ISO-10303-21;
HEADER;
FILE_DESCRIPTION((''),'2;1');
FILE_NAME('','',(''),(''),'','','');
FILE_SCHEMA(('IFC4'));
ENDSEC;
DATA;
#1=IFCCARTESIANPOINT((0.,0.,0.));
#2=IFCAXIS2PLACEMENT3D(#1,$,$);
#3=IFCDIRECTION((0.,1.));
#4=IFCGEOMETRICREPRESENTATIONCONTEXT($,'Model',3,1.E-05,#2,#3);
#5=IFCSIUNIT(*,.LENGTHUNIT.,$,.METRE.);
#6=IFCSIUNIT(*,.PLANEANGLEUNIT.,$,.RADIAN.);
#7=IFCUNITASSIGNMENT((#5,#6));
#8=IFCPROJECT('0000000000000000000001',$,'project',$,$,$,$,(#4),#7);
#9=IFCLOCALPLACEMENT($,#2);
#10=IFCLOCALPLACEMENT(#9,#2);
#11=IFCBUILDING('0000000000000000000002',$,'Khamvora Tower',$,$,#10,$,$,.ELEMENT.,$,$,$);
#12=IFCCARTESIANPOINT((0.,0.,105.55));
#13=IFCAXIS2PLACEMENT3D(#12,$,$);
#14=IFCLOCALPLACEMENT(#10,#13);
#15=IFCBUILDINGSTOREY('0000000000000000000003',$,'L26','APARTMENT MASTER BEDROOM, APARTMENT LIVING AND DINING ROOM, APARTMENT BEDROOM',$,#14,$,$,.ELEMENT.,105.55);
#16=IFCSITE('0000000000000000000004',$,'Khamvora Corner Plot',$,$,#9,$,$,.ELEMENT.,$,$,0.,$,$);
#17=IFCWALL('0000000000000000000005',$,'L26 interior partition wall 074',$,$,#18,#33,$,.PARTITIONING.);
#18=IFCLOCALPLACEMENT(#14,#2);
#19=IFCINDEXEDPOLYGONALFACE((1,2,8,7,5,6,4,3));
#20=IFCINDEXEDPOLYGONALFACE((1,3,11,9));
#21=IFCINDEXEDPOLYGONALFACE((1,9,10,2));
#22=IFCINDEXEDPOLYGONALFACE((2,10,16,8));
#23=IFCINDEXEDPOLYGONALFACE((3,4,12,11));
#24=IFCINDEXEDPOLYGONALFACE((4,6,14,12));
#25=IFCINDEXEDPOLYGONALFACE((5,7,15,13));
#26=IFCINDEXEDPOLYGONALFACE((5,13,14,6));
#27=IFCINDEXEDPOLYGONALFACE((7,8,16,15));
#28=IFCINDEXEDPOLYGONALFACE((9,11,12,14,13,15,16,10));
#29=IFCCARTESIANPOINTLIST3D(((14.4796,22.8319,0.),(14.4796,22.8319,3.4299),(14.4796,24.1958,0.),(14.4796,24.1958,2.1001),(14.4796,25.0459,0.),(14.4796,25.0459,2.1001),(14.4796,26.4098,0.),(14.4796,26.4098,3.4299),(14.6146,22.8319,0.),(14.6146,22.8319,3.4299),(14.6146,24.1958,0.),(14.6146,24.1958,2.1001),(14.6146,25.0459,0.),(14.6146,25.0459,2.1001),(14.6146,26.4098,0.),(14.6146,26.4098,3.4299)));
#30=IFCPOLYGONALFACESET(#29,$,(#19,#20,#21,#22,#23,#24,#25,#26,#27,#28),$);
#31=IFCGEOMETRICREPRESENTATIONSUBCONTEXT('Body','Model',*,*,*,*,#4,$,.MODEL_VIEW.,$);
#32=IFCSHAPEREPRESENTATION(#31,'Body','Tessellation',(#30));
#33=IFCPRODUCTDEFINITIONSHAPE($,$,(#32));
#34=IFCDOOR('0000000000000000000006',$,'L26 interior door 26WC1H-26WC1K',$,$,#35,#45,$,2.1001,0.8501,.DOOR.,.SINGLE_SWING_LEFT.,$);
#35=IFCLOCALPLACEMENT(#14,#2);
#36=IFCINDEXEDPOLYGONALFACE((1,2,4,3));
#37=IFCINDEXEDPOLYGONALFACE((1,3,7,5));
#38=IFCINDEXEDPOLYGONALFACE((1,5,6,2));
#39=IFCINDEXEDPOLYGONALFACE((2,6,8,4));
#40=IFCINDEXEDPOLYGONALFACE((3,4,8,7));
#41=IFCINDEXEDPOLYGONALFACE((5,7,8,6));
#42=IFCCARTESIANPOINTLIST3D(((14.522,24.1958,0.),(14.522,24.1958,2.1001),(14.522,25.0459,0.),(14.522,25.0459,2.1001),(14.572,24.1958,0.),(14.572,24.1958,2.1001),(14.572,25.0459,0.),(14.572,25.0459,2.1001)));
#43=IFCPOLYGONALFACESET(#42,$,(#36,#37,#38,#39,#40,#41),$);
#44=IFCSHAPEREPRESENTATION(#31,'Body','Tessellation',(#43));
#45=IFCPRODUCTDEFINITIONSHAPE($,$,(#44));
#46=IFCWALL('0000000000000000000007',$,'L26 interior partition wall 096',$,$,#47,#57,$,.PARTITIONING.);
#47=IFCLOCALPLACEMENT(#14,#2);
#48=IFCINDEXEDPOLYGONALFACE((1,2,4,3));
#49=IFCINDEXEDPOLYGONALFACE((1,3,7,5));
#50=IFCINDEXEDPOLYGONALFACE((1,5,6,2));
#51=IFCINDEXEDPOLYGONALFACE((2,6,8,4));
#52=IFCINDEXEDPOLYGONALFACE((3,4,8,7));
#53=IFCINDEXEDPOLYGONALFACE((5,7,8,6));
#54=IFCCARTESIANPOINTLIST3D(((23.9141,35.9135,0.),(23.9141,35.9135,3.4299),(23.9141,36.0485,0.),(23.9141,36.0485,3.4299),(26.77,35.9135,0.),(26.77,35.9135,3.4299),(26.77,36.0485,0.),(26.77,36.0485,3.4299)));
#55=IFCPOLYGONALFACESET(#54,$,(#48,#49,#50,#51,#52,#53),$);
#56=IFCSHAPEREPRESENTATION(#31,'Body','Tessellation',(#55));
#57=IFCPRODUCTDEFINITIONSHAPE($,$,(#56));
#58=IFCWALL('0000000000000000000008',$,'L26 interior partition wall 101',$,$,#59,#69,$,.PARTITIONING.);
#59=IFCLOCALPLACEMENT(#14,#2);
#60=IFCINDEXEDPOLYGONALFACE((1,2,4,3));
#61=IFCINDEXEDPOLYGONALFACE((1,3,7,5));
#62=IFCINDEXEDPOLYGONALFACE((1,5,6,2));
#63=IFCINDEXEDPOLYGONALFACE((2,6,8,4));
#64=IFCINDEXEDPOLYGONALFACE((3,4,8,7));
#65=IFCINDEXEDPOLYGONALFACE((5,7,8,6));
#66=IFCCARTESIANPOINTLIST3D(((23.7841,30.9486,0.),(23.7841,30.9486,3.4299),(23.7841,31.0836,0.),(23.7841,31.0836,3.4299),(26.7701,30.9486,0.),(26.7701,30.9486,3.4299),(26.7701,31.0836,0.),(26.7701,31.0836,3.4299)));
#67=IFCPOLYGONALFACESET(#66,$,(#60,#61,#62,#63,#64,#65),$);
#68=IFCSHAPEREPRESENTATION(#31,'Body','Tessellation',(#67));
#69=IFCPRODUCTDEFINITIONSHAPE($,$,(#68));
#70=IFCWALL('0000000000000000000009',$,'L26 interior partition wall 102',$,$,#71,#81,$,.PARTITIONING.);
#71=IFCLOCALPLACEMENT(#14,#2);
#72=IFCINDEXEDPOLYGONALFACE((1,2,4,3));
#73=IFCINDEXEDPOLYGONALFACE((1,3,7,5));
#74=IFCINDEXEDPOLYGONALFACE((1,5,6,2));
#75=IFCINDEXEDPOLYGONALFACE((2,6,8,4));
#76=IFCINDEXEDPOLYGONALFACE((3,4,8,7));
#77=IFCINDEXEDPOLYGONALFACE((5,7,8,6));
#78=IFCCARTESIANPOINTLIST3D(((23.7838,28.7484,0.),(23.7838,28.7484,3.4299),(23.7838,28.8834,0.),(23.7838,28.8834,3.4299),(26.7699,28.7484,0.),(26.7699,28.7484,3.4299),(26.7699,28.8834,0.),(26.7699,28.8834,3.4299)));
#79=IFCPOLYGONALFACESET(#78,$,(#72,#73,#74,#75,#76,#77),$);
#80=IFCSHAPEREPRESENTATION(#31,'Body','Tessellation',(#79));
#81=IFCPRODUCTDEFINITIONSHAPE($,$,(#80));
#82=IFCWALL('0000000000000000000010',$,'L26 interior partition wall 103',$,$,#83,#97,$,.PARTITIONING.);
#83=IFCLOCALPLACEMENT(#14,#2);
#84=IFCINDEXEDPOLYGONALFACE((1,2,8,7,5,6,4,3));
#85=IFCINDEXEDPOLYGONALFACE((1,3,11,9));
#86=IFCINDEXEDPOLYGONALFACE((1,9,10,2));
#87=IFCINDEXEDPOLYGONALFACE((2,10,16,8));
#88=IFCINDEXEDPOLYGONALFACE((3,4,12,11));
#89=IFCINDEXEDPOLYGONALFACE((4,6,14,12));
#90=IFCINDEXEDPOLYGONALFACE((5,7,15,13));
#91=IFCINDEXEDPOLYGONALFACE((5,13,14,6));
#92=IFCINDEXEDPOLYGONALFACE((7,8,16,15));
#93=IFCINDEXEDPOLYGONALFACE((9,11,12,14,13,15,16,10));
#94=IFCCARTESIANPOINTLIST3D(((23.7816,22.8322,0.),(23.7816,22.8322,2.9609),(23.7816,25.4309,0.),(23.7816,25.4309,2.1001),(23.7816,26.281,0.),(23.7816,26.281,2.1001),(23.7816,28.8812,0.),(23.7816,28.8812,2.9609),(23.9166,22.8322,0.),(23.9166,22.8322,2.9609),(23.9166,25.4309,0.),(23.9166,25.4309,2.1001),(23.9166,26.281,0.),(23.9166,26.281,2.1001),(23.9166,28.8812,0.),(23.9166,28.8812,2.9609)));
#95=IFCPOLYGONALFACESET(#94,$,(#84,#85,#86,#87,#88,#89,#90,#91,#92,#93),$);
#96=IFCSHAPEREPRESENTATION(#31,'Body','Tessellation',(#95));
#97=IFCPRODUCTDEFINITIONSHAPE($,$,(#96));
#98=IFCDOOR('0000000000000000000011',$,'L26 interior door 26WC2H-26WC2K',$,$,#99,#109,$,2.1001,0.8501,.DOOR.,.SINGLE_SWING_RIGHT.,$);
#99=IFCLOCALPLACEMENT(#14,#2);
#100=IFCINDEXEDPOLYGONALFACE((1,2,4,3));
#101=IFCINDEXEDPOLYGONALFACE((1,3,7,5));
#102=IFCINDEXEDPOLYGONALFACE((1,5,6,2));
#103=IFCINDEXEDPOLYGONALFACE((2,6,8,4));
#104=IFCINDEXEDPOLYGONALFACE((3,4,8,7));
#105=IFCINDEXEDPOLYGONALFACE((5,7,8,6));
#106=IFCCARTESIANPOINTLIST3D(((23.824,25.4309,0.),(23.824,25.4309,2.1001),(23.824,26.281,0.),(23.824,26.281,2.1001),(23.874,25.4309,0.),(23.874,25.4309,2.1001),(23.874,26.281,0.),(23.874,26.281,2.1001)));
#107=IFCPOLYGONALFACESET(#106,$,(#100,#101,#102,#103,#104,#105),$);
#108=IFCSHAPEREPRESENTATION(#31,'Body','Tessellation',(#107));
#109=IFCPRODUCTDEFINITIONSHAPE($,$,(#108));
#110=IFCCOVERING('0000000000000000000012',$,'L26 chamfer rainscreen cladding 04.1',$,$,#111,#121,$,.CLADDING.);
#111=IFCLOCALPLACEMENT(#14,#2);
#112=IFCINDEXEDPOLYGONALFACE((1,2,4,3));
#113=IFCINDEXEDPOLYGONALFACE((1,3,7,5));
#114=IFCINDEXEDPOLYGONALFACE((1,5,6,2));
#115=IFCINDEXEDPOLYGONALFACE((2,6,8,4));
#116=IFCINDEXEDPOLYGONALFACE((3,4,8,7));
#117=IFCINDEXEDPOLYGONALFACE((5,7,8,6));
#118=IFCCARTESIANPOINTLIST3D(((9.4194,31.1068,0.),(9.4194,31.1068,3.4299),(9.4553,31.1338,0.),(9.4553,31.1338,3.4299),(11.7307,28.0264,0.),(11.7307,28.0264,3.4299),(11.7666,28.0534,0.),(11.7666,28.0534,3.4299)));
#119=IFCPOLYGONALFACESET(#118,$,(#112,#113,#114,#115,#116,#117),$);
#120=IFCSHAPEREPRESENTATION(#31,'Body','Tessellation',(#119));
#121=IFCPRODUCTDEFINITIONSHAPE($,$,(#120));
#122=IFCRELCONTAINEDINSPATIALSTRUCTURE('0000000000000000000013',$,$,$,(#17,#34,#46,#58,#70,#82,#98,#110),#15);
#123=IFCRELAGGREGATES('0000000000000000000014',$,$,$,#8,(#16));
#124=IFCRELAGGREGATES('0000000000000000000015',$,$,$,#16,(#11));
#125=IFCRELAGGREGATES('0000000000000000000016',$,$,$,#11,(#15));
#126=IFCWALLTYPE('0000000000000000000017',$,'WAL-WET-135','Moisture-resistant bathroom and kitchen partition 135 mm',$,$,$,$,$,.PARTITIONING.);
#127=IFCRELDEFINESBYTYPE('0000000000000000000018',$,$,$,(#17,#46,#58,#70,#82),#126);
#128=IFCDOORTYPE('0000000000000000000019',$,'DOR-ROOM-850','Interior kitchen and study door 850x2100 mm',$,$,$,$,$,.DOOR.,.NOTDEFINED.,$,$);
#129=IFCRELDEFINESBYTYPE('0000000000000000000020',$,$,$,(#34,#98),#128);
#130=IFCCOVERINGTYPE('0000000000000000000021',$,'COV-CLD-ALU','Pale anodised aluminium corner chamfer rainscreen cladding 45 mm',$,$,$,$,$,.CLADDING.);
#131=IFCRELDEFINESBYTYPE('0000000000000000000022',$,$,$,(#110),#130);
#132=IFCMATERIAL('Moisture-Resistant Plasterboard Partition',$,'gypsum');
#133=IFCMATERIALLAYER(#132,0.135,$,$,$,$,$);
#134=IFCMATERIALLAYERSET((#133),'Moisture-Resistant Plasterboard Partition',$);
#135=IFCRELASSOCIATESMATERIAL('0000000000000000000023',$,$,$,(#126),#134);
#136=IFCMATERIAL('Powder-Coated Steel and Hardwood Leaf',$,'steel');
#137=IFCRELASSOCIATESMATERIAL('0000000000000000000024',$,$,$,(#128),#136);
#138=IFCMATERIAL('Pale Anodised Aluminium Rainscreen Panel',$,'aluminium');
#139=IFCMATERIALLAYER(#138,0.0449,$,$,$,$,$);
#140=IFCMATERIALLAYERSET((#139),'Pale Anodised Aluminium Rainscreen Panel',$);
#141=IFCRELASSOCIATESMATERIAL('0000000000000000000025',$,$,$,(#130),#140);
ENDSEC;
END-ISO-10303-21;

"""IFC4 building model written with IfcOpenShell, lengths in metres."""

from ifc_helpers import new_model, si_unit, direction, frame, frame_2d, origin, origin_2d, place, context, subcontext, project, spatial, rectangle, extrude, material, layer, layer_set, type_object, element, fill, save


model = new_model("IFC4")

# Units and contexts
model_context = context("Model", 3, precision=1e-05, world=origin(), true_north=direction((0.0, 1.0)))
body_context = subcontext(model_context, "Body", "Model", "MODEL_VIEW")
ifc_project = project(units=[si_unit("LENGTHUNIT", "METRE"), si_unit("PLANEANGLEUNIT", "RADIAN")], contexts=[model_context])

# Site, building, storey
site_placement = place(None, origin())
site = spatial("IfcSite", under=ifc_project, at=site_placement, Name="Khamvora Corner Plot", CompositionType="ELEMENT", RefElevation=0.0)
building_placement = place(site_placement, origin())
building = spatial("IfcBuilding", under=site, at=building_placement, Name="Khamvora Tower", CompositionType="ELEMENT")
storey_placement = place(building_placement, frame((0.0, 0.0, 105.55)))
storey = spatial("IfcBuildingStorey", under=building, at=storey_placement, Name="L26", Description="APARTMENT MASTER BEDROOM, APARTMENT LIVING AND DINING ROOM, APARTMENT BEDROOM", CompositionType="ELEMENT", Elevation=105.55)

# Shared definitions
ifc_material_1 = material(Name="Powder-Coated Steel and Hardwood Leaf", Category="steel")

# Shared definitions
ifc_material_2 = material(Name="Moisture-Resistant Plasterboard Partition", Category="gypsum")
ifc_layer_1 = layer(ifc_material_2, 0.135)
ifc_layer_set_1 = layer_set([ifc_layer_1], Name="Moisture-Resistant Plasterboard Partition")
wall_type_1 = type_object("IfcWallType", Name="WAL-WET-135", Description="Moisture-resistant bathroom and kitchen partition 135 mm", PredefinedType="PARTITIONING", material=ifc_layer_set_1)

# Wall, opening, door
wall_1_placement = place(storey_placement, frame((14.5471, 26.4099, 0.0), z_axis=(0.0, 0.0, 1.0), x_axis=(0.0, -1.0, 0.0)))
wall_1 = element("IfcWall", 1, at=wall_1_placement, inside=storey, type_object=wall_type_1, Name="L26 interior partition wall 074", PredefinedType="PARTITIONING", context=body_context, shape_type="SweptSolid", body=[
    extrude(rectangle(XDim=3.5779, YDim=0.135, at=frame_2d((1.7891, 0.0))), origin(), (0.0, 0.0, 1.0), 3.4299),
])
opening_1_placement = place(wall_1_placement, frame((1.364, 0.0, 0.0)))
opening_1 = element("IfcOpeningElement", 2, at=opening_1_placement, cuts=wall_1, PredefinedType="OPENING", context=body_context, shape_type="SweptSolid", body=[
    extrude(rectangle(XDim=0.8501, YDim=2.1001, at=frame_2d((0.425, 1.05))), frame((0.0, 0.0774, 0.0), z_axis=(0.0, -1.0, 0.0), x_axis=(1.0, 0.0, 0.0)), (0.0, 0.0, 1.0), 0.155),
])
door_type_1 = type_object("IfcDoorType", Name="DOR-ROOM-850", Description="Interior kitchen and study door 850x2100 mm", OperationType="NOTDEFINED", PredefinedType="DOOR", material=ifc_material_1)
door_1_placement = place(opening_1_placement, origin())
door_1 = element("IfcDoor", 3, at=door_1_placement, inside=storey, type_object=door_type_1, Name="L26 interior door 26WC1H-26WC1K", OperationType="SINGLE_SWING_LEFT", OverallHeight=2.1001, OverallWidth=0.8501, PredefinedType="DOOR", context=body_context, shape_type="SweptSolid", body=[
    extrude(rectangle(XDim=0.8501, YDim=2.1001, at=frame_2d((0.425, 1.05))), frame((0.0, 0.0249, 0.0), z_axis=(0.0, -1.0, 0.0), x_axis=(1.0, 0.0, 0.0)), (0.0, 0.0, 1.0), 0.05),
])
fill(opening_1, door_1)

# Walls
wall_2_placement = place(storey_placement, frame((26.77, 35.981, 0.0), z_axis=(0.0, 0.0, 1.0), x_axis=(-1.0, 0.0, 0.0)))
element("IfcWall", 4, at=wall_2_placement, inside=storey, type_object=wall_type_1, Name="L26 interior partition wall 096", PredefinedType="PARTITIONING", context=body_context, shape_type="SweptSolid", body=[
    extrude(rectangle(XDim=2.856, YDim=0.135, at=frame_2d((1.428, 0.0))), origin(), (0.0, 0.0, 1.0), 3.4299),
])
for number, where, z_axis, x_axis, name in (
    (5, (23.7839, 31.0161, 0.0), (0.0, 0.0, 1.0), (1.0, 0.0, 0.0), "L26 interior partition wall 101"),
    (6, (26.77, 28.8159, 0.0), (0.0, 0.0, 1.0), (-1.0, 0.0, 0.0), "L26 interior partition wall 102"),
):
    element("IfcWall", number, at=place(storey_placement, frame(where, z_axis=z_axis, x_axis=x_axis)), inside=storey, type_object=wall_type_1, Name=name, PredefinedType="PARTITIONING", context=body_context, shape_type="SweptSolid", body=[
        extrude(rectangle(XDim=2.9861, YDim=0.135, at=frame_2d((1.4932, 0.0))), origin(), (0.0, 0.0, 1.0), 3.4299),
    ])

# Wall, opening, door
wall_3_placement = place(storey_placement, frame((23.8491, 28.8811, 0.0), z_axis=(0.0, 0.0, 1.0), x_axis=(0.0, -1.0, 0.0)))
wall_3 = element("IfcWall", 7, at=wall_3_placement, inside=storey, type_object=wall_type_1, Name="L26 interior partition wall 103", PredefinedType="PARTITIONING", context=body_context, shape_type="SweptSolid", body=[
    extrude(rectangle(XDim=6.0491, YDim=0.135, at=frame_2d((3.0244, 0.0))), origin(), (0.0, 0.0, 1.0), 2.9609),
])
opening_2_placement = place(wall_3_placement, frame((2.6001, 0.0, 0.0)))
opening_2 = element("IfcOpeningElement", 8, at=opening_2_placement, cuts=wall_3, PredefinedType="OPENING", context=body_context, shape_type="SweptSolid", body=[
    extrude(rectangle(XDim=0.8501, YDim=2.1001, at=frame_2d((0.425, 1.05))), frame((0.0, 0.0774, 0.0), z_axis=(0.0, -1.0, 0.0), x_axis=(1.0, 0.0, 0.0)), (0.0, 0.0, 1.0), 0.155),
])
door_2_placement = place(opening_2_placement, origin())
door_2 = element("IfcDoor", 9, at=door_2_placement, inside=storey, type_object=door_type_1, Name="L26 interior door 26WC2H-26WC2K", OperationType="SINGLE_SWING_RIGHT", OverallHeight=2.1001, OverallWidth=0.8501, PredefinedType="DOOR", context=body_context, shape_type="SweptSolid", body=[
    extrude(rectangle(XDim=0.8501, YDim=2.1001, at=frame_2d((0.425, 1.05))), frame((0.0, 0.0249, 0.0), z_axis=(0.0, -1.0, 0.0), x_axis=(1.0, 0.0, 0.0)), (0.0, 0.0, 1.0), 0.05),
])
fill(opening_2, door_2)

# Covering
ifc_material_3 = material(Name="Pale Anodised Aluminium Rainscreen Panel", Category="aluminium")
ifc_layer_2 = layer(ifc_material_3, 0.0449)
ifc_layer_set_2 = layer_set([ifc_layer_2], Name="Pale Anodised Aluminium Rainscreen Panel")
covering_type = type_object("IfcCoveringType", Name="COV-CLD-ALU", Description="Pale anodised aluminium corner chamfer rainscreen cladding 45 mm", PredefinedType="CLADDING", material=ifc_layer_set_2)
covering_placement = place(storey_placement, frame((10.593, 29.5801, 0.0), z_axis=(0.0, 0.0, 1.0), x_axis=(-0.600162, 0.799878, 0.0)))
element("IfcCovering", 10, at=covering_placement, inside=storey, type_object=covering_type, Name="L26 chamfer rainscreen cladding 04.1", PredefinedType="CLADDING", context=body_context, shape_type="SweptSolid", body=[
    extrude(rectangle(XDim=3.8511, YDim=0.0449, at=origin_2d()), origin(), (0.0, 0.0, 1.0), 3.4299),
])

save(model, "model.ifc")
